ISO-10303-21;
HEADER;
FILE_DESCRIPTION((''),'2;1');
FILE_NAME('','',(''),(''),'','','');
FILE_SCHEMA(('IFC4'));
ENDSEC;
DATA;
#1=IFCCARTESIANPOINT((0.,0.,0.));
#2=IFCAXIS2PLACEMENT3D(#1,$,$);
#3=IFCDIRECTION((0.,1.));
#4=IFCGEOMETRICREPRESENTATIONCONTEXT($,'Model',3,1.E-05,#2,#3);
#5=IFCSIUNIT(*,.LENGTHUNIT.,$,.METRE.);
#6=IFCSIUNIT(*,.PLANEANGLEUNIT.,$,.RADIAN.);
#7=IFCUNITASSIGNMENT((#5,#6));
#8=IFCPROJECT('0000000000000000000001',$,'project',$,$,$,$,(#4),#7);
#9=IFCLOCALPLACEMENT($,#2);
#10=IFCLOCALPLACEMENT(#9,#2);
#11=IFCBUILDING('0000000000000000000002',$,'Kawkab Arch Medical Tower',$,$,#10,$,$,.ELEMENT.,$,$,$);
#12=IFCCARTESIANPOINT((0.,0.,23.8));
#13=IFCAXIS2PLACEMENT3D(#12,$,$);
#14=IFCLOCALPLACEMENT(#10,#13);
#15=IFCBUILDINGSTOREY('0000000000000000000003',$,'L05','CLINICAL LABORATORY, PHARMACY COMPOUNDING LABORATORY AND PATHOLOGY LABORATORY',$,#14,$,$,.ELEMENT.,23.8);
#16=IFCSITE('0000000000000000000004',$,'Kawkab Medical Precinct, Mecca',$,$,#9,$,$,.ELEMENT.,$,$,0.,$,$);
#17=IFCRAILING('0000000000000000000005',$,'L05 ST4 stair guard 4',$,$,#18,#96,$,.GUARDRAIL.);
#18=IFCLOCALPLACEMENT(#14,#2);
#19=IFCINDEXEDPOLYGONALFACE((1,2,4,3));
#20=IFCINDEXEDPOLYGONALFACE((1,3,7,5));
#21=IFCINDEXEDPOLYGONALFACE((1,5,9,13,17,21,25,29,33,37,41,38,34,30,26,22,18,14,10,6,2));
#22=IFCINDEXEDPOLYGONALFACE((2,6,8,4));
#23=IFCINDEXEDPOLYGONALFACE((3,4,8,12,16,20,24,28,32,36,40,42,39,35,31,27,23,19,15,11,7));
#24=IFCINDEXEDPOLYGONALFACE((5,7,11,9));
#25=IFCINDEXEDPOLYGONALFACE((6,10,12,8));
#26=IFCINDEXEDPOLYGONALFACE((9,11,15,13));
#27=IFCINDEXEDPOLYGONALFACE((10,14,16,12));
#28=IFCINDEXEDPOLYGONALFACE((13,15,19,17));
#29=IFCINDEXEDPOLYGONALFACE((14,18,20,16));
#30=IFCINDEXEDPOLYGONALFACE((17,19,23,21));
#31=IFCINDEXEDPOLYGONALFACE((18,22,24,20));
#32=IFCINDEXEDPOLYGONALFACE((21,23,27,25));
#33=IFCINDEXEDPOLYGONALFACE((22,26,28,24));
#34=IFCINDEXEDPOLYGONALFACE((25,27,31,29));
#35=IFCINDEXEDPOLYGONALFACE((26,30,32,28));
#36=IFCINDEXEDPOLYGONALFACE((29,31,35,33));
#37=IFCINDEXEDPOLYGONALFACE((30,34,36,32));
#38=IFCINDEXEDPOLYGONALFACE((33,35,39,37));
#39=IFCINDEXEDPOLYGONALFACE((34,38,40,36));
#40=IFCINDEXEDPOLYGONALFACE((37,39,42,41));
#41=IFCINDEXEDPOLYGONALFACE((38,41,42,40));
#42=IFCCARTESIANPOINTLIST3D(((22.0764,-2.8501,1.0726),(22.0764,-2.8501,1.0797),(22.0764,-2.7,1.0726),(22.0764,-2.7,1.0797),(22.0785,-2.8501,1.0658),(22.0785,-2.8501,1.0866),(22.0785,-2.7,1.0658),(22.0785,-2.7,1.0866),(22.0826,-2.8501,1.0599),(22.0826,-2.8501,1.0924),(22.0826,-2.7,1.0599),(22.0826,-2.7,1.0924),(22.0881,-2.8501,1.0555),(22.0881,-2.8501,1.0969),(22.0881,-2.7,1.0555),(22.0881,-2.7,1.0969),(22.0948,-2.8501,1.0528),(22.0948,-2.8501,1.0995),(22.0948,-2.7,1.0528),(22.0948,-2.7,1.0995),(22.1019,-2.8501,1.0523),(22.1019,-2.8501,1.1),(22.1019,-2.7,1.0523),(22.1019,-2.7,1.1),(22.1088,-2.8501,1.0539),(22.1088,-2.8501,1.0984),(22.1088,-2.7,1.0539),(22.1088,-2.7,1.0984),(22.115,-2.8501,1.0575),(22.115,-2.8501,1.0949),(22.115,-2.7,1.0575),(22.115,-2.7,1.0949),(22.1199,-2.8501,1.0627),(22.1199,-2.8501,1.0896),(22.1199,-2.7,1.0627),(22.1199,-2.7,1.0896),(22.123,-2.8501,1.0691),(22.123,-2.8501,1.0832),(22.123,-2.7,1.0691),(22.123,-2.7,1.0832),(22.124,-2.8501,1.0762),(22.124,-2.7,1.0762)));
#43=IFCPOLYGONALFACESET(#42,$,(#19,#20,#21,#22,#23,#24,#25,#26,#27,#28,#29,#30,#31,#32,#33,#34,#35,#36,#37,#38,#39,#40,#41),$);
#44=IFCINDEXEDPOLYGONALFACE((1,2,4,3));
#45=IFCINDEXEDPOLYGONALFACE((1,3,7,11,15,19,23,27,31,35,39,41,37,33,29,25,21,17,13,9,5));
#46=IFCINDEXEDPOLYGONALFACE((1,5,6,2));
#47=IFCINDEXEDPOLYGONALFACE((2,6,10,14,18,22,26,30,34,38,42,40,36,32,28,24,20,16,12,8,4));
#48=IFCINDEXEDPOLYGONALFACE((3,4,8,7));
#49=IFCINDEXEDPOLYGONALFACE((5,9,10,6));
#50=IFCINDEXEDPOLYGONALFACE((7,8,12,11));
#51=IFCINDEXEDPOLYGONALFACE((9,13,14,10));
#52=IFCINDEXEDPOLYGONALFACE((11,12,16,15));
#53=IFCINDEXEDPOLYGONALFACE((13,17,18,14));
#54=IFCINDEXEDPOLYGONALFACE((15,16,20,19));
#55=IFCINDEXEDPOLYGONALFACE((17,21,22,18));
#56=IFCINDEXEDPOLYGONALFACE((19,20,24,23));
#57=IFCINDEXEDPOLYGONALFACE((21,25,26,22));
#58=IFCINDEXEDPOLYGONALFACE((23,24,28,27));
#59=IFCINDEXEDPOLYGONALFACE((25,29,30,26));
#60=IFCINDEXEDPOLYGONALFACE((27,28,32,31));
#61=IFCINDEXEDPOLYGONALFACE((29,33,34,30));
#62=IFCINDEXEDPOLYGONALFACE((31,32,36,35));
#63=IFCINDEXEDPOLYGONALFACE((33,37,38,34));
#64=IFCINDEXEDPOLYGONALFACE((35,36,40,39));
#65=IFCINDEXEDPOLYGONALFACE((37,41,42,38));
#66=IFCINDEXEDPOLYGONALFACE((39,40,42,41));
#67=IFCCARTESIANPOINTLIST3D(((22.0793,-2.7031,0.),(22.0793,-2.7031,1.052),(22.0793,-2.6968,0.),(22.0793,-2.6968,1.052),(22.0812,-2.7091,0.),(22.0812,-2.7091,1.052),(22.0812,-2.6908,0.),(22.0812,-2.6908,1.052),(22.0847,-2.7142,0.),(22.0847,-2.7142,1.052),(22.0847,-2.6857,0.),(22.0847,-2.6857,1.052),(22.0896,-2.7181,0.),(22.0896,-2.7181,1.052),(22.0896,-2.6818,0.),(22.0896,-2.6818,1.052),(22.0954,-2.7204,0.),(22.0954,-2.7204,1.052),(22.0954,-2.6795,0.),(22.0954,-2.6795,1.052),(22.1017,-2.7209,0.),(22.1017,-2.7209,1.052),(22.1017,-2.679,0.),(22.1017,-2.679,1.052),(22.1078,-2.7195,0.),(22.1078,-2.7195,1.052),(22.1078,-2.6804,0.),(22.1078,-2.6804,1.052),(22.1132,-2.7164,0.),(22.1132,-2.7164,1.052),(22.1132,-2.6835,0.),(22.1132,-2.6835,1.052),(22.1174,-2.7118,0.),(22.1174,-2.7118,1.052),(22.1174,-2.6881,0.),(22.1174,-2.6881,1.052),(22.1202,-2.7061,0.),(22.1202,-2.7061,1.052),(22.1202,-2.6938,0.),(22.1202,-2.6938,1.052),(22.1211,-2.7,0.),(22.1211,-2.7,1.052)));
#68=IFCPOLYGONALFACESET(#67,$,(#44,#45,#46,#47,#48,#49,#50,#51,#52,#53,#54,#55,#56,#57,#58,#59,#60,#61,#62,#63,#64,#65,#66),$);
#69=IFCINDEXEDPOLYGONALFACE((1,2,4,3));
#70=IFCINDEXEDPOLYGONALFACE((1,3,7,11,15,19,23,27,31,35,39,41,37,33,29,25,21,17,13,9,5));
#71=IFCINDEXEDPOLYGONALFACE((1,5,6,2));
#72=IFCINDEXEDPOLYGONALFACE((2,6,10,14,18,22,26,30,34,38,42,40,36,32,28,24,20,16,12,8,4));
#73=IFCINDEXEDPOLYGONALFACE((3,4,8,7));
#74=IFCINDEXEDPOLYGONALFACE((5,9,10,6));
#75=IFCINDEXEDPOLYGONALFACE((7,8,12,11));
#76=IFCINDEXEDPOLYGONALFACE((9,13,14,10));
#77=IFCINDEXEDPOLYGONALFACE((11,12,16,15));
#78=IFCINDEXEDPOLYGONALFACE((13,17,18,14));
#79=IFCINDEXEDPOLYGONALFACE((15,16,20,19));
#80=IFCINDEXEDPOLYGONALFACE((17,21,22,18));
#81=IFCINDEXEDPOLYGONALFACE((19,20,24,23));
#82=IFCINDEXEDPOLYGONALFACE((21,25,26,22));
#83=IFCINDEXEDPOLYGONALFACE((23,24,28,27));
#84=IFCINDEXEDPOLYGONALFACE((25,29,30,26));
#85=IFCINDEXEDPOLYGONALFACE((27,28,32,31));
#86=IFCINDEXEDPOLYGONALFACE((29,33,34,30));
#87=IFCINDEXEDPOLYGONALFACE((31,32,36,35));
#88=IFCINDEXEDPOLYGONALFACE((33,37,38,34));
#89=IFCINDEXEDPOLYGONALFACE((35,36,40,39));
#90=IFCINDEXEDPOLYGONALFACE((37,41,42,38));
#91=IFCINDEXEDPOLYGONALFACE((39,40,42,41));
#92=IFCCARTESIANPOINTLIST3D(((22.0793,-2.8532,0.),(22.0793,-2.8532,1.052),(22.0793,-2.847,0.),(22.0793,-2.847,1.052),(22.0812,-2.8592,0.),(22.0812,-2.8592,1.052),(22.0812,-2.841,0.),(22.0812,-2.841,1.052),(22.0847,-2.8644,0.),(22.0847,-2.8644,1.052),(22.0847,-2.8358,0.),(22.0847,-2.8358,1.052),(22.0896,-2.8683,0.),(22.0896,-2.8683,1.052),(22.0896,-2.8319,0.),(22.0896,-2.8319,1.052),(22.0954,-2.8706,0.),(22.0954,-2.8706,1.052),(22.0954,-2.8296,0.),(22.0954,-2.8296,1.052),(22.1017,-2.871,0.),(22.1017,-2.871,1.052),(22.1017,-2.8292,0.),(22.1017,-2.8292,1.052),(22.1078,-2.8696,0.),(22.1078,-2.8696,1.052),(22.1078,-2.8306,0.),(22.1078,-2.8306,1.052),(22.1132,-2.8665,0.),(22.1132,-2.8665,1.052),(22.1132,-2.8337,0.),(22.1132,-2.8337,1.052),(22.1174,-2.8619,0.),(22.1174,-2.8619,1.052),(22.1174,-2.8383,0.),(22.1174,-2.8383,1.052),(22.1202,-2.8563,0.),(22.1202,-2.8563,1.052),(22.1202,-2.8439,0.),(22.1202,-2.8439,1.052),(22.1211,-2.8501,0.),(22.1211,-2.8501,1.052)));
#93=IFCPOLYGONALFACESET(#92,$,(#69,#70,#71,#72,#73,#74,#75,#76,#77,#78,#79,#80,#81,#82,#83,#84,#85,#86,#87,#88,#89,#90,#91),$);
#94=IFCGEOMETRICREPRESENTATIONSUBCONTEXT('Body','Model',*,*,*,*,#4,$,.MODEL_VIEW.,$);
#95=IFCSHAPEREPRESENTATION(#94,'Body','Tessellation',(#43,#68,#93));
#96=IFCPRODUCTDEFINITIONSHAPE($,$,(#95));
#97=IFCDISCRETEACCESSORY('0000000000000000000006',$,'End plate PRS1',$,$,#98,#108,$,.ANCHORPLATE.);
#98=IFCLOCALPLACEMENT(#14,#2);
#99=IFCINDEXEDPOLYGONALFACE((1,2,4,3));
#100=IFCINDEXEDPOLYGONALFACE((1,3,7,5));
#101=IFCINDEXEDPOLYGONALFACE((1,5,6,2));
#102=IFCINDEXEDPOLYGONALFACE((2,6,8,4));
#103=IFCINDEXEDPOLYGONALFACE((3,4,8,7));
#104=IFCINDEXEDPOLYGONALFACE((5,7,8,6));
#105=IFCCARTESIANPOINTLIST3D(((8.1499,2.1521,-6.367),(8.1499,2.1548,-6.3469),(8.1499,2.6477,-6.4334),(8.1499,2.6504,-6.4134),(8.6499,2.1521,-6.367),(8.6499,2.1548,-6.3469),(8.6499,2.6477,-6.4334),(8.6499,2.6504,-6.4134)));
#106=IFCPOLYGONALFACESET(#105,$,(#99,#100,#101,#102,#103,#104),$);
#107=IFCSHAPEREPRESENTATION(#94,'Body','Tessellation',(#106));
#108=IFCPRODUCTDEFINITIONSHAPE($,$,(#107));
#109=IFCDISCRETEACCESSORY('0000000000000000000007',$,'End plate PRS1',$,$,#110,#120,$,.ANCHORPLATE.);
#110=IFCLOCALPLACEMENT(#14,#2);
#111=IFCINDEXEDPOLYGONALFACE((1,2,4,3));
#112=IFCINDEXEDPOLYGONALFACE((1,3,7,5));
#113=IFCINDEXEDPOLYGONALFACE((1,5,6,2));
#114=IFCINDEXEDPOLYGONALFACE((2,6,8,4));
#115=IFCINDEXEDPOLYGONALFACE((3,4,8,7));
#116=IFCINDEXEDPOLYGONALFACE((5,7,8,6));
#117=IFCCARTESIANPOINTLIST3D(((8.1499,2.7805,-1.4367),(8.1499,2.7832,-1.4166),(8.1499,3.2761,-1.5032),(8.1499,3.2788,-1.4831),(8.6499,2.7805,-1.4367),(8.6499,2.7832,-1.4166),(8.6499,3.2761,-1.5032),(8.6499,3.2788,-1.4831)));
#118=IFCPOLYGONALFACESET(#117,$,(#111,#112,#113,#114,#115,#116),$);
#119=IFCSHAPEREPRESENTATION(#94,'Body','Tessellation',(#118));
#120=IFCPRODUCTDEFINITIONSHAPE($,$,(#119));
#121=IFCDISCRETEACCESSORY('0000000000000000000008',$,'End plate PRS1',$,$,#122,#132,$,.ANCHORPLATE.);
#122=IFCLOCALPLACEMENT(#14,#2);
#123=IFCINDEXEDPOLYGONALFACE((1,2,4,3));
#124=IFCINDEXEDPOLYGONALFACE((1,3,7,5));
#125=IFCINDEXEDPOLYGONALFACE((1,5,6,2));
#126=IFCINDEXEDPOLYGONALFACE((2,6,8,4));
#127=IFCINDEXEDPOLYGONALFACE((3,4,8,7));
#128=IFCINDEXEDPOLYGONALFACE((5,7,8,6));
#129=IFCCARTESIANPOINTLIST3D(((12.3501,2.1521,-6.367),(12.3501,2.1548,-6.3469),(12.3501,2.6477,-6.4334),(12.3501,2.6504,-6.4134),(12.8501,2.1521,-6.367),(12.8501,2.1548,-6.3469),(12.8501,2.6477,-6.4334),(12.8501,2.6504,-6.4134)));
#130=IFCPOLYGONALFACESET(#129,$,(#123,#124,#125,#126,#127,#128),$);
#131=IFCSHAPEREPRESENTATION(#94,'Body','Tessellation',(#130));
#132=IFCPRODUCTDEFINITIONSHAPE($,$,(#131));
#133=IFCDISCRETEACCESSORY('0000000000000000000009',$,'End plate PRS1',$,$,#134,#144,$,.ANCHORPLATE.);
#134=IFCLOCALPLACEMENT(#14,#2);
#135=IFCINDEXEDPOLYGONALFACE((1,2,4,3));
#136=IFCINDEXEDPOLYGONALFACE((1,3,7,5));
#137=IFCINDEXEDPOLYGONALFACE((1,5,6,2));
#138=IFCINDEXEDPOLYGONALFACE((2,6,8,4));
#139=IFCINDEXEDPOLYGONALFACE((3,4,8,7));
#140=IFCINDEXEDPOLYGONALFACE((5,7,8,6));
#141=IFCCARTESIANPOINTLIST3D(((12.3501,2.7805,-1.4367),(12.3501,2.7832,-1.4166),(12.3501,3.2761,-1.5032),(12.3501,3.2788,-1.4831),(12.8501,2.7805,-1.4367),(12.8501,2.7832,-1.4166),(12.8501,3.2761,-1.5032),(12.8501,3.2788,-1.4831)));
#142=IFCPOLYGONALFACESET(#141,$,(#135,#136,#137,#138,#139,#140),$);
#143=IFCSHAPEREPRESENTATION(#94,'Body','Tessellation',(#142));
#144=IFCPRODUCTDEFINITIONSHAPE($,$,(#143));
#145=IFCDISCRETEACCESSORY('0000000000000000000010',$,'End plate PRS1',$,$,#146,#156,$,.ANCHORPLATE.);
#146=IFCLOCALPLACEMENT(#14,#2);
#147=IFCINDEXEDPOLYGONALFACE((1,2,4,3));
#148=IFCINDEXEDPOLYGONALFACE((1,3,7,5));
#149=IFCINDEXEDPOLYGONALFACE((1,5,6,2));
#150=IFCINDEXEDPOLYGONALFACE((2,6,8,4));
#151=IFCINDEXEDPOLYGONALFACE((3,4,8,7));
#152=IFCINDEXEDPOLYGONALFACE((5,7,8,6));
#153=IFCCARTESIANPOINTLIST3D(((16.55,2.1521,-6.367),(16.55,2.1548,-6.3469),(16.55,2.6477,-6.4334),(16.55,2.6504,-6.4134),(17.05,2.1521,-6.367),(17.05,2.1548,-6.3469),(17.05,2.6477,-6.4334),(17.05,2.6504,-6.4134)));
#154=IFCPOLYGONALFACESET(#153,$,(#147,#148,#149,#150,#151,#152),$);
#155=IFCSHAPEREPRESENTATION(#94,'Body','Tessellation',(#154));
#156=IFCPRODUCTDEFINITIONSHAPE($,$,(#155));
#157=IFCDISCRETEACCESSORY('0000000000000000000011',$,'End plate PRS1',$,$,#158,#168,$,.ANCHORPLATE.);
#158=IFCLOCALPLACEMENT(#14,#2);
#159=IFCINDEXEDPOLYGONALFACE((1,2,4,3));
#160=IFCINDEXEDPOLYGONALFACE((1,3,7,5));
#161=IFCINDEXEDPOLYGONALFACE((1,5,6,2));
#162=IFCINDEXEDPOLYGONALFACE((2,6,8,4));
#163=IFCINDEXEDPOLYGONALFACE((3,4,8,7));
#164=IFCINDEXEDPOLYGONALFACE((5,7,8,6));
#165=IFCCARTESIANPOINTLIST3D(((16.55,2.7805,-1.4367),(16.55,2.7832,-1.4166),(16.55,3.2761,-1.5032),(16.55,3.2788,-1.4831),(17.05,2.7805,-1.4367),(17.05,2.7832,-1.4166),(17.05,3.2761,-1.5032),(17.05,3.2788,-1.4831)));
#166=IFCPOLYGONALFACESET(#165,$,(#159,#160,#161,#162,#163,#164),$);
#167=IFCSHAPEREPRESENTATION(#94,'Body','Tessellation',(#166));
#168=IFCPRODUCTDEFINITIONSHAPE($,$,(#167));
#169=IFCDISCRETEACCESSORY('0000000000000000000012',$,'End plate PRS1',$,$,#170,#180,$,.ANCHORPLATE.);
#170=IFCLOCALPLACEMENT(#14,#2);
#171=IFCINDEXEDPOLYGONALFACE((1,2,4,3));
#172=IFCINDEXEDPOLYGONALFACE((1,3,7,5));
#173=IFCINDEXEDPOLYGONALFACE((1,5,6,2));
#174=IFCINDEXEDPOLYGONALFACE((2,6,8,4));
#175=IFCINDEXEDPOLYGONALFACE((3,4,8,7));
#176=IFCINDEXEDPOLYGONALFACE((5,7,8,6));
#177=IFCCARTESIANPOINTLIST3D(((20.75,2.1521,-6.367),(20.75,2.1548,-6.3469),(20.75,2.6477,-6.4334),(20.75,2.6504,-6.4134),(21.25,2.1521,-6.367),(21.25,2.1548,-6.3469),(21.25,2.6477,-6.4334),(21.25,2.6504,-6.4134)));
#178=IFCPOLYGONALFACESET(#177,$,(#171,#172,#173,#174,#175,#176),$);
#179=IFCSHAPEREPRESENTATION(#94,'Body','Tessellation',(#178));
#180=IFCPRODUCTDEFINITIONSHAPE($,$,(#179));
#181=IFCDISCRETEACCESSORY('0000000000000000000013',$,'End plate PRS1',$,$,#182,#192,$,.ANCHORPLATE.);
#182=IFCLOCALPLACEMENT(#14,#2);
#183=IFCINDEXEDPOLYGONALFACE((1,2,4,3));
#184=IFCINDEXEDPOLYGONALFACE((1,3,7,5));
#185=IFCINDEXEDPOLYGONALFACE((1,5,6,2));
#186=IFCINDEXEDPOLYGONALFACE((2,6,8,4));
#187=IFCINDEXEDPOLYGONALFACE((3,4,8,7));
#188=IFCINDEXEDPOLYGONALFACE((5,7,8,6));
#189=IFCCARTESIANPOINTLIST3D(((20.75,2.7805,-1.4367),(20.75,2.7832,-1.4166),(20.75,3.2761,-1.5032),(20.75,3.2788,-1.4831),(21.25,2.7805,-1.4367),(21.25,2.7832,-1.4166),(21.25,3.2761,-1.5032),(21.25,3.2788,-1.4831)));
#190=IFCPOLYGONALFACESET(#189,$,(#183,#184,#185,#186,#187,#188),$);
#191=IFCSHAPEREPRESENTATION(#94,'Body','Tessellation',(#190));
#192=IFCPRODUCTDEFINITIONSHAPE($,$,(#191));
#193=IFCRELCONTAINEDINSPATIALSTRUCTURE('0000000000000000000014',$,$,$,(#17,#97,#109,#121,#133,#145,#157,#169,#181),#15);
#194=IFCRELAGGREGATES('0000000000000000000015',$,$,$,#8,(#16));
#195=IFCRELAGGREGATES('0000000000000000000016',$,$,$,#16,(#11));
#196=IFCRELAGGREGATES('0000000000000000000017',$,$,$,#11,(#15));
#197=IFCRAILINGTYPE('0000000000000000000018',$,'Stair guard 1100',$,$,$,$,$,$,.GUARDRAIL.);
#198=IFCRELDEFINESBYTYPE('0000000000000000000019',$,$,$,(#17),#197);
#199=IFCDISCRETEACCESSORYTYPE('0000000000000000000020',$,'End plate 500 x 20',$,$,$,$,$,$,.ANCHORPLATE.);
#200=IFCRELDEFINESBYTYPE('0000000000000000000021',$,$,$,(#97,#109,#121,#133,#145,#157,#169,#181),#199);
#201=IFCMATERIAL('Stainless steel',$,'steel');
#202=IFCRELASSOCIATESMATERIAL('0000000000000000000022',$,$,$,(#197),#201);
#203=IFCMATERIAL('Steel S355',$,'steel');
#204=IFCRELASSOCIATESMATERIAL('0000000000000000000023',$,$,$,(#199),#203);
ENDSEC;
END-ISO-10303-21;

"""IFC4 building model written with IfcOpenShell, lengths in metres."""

from ifc_helpers import new_model, si_unit, direction, frame, origin, origin_2d, place, context, subcontext, project, spatial, rectangle, circle, extrude, material, material_profile, profile_set, type_object, element, save


model = new_model("IFC4")

# Units and contexts
model_context = context("Model", 3, precision=1e-05, world=origin(), true_north=direction((0.0, 1.0)))
body_context = subcontext(model_context, "Body", "Model", "MODEL_VIEW")
ifc_project = project(units=[si_unit("LENGTHUNIT", "METRE"), si_unit("PLANEANGLEUNIT", "RADIAN")], contexts=[model_context])

# Site, building, storey
site_placement = place(None, origin())
site = spatial("IfcSite", under=ifc_project, at=site_placement, Name="Kawkab Medical Precinct, Mecca", CompositionType="ELEMENT", RefElevation=0.0)
building_placement = place(site_placement, origin())
building = spatial("IfcBuilding", under=site, at=building_placement, Name="Kawkab Arch Medical Tower", CompositionType="ELEMENT")
storey_placement = place(building_placement, frame((0.0, 0.0, 23.8)))
storey = spatial("IfcBuildingStorey", under=building, at=storey_placement, Name="L05", Description="CLINICAL LABORATORY, PHARMACY COMPOUNDING LABORATORY AND PATHOLOGY LABORATORY", CompositionType="ELEMENT", Elevation=23.8)

# Railing
ifc_material_1 = material(Name="Stainless steel", Category="steel")
railing_type = type_object("IfcRailingType", Name="Stair guard 1100", PredefinedType="GUARDRAIL", material=ifc_material_1)
railing_1_placement = place(storey_placement, frame((22.1001, -2.7, 0.0)))
element("IfcRailing", 1, at=railing_1_placement, inside=storey, type_object=railing_type, Name="L05 ST4 stair guard 4", PredefinedType="GUARDRAIL", context=body_context, shape_type="SweptSolid", body=[
    extrude(circle(Radius=0.0239, at=origin_2d()), frame((0.0, 0.0, 1.0762), z_axis=(0.0, -1.0, 0.0), x_axis=(1.0, 0.0, 0.0)), (0.0, 0.0, 1.0), 0.1501),
    extrude(circle(Radius=0.021, at=origin_2d()), origin(), (0.0, 0.0, 1.0), 1.052),
    extrude(circle(Radius=0.021, at=origin_2d()), frame((0.0, -0.1501, 0.0)), (0.0, 0.0, 1.0), 1.052),
])

# Discrete accessories
ifc_material_2 = material(Name="Steel S355", Category="steel")
ifc_material_profile_1 = material_profile(ifc_material_2, rectangle(XDim=0.5, YDim=0.5, at=origin_2d()), Name="End plate 500 x 20")
ifc_profile_set_1 = profile_set([ifc_material_profile_1], Name="Steel S355")
discrete_accessory_type = type_object("IfcDiscreteAccessoryType", Name="End plate 500 x 20", PredefinedType="ANCHORPLATE", material=ifc_profile_set_1)
for number, where, z_axis, x_axis, name in (
    (2, (8.3999, 2.4026, -6.3801), (0.0, -0.132955, -0.991122), (1.0, 0.0, 0.0), "End plate PRS1"),
    (3, (8.3999, 3.0283, -1.47), (0.0, 0.132955, 0.991122), (-1.0, 0.0, 0.0), "End plate PRS1"),
    (4, (12.6001, 2.4026, -6.3801), (0.0, -0.132955, -0.991122), (1.0, 0.0, 0.0), "End plate PRS1"),
    (5, (12.6001, 3.0283, -1.47), (0.0, 0.132955, 0.991122), (-1.0, 0.0, 0.0), "End plate PRS1"),
    (6, (16.8, 2.4026, -6.3801), (0.0, -0.132955, -0.991122), (1.0, 0.0, 0.0), "End plate PRS1"),
    (7, (16.8, 3.0283, -1.47), (0.0, 0.132955, 0.991122), (-1.0, 0.0, 0.0), "End plate PRS1"),
    (8, (21.0, 2.4026, -6.3801), (0.0, -0.132955, -0.991122), (1.0, 0.0, 0.0), "End plate PRS1"),
    (9, (21.0, 3.0283, -1.47), (0.0, 0.132955, 0.991122), (-1.0, 0.0, 0.0), "End plate PRS1"),
):
    element("IfcDiscreteAccessory", number, at=place(storey_placement, frame(where, z_axis=z_axis, x_axis=x_axis)), inside=storey, type_object=discrete_accessory_type, Name=name, PredefinedType="ANCHORPLATE", context=body_context, shape_type="SweptSolid", body=[
        extrude(rectangle(XDim=0.5, YDim=0.5, at=origin_2d()), origin(), (0.0, 0.0, 1.0), 0.0203),
    ])

save(model, "model.ifc")
